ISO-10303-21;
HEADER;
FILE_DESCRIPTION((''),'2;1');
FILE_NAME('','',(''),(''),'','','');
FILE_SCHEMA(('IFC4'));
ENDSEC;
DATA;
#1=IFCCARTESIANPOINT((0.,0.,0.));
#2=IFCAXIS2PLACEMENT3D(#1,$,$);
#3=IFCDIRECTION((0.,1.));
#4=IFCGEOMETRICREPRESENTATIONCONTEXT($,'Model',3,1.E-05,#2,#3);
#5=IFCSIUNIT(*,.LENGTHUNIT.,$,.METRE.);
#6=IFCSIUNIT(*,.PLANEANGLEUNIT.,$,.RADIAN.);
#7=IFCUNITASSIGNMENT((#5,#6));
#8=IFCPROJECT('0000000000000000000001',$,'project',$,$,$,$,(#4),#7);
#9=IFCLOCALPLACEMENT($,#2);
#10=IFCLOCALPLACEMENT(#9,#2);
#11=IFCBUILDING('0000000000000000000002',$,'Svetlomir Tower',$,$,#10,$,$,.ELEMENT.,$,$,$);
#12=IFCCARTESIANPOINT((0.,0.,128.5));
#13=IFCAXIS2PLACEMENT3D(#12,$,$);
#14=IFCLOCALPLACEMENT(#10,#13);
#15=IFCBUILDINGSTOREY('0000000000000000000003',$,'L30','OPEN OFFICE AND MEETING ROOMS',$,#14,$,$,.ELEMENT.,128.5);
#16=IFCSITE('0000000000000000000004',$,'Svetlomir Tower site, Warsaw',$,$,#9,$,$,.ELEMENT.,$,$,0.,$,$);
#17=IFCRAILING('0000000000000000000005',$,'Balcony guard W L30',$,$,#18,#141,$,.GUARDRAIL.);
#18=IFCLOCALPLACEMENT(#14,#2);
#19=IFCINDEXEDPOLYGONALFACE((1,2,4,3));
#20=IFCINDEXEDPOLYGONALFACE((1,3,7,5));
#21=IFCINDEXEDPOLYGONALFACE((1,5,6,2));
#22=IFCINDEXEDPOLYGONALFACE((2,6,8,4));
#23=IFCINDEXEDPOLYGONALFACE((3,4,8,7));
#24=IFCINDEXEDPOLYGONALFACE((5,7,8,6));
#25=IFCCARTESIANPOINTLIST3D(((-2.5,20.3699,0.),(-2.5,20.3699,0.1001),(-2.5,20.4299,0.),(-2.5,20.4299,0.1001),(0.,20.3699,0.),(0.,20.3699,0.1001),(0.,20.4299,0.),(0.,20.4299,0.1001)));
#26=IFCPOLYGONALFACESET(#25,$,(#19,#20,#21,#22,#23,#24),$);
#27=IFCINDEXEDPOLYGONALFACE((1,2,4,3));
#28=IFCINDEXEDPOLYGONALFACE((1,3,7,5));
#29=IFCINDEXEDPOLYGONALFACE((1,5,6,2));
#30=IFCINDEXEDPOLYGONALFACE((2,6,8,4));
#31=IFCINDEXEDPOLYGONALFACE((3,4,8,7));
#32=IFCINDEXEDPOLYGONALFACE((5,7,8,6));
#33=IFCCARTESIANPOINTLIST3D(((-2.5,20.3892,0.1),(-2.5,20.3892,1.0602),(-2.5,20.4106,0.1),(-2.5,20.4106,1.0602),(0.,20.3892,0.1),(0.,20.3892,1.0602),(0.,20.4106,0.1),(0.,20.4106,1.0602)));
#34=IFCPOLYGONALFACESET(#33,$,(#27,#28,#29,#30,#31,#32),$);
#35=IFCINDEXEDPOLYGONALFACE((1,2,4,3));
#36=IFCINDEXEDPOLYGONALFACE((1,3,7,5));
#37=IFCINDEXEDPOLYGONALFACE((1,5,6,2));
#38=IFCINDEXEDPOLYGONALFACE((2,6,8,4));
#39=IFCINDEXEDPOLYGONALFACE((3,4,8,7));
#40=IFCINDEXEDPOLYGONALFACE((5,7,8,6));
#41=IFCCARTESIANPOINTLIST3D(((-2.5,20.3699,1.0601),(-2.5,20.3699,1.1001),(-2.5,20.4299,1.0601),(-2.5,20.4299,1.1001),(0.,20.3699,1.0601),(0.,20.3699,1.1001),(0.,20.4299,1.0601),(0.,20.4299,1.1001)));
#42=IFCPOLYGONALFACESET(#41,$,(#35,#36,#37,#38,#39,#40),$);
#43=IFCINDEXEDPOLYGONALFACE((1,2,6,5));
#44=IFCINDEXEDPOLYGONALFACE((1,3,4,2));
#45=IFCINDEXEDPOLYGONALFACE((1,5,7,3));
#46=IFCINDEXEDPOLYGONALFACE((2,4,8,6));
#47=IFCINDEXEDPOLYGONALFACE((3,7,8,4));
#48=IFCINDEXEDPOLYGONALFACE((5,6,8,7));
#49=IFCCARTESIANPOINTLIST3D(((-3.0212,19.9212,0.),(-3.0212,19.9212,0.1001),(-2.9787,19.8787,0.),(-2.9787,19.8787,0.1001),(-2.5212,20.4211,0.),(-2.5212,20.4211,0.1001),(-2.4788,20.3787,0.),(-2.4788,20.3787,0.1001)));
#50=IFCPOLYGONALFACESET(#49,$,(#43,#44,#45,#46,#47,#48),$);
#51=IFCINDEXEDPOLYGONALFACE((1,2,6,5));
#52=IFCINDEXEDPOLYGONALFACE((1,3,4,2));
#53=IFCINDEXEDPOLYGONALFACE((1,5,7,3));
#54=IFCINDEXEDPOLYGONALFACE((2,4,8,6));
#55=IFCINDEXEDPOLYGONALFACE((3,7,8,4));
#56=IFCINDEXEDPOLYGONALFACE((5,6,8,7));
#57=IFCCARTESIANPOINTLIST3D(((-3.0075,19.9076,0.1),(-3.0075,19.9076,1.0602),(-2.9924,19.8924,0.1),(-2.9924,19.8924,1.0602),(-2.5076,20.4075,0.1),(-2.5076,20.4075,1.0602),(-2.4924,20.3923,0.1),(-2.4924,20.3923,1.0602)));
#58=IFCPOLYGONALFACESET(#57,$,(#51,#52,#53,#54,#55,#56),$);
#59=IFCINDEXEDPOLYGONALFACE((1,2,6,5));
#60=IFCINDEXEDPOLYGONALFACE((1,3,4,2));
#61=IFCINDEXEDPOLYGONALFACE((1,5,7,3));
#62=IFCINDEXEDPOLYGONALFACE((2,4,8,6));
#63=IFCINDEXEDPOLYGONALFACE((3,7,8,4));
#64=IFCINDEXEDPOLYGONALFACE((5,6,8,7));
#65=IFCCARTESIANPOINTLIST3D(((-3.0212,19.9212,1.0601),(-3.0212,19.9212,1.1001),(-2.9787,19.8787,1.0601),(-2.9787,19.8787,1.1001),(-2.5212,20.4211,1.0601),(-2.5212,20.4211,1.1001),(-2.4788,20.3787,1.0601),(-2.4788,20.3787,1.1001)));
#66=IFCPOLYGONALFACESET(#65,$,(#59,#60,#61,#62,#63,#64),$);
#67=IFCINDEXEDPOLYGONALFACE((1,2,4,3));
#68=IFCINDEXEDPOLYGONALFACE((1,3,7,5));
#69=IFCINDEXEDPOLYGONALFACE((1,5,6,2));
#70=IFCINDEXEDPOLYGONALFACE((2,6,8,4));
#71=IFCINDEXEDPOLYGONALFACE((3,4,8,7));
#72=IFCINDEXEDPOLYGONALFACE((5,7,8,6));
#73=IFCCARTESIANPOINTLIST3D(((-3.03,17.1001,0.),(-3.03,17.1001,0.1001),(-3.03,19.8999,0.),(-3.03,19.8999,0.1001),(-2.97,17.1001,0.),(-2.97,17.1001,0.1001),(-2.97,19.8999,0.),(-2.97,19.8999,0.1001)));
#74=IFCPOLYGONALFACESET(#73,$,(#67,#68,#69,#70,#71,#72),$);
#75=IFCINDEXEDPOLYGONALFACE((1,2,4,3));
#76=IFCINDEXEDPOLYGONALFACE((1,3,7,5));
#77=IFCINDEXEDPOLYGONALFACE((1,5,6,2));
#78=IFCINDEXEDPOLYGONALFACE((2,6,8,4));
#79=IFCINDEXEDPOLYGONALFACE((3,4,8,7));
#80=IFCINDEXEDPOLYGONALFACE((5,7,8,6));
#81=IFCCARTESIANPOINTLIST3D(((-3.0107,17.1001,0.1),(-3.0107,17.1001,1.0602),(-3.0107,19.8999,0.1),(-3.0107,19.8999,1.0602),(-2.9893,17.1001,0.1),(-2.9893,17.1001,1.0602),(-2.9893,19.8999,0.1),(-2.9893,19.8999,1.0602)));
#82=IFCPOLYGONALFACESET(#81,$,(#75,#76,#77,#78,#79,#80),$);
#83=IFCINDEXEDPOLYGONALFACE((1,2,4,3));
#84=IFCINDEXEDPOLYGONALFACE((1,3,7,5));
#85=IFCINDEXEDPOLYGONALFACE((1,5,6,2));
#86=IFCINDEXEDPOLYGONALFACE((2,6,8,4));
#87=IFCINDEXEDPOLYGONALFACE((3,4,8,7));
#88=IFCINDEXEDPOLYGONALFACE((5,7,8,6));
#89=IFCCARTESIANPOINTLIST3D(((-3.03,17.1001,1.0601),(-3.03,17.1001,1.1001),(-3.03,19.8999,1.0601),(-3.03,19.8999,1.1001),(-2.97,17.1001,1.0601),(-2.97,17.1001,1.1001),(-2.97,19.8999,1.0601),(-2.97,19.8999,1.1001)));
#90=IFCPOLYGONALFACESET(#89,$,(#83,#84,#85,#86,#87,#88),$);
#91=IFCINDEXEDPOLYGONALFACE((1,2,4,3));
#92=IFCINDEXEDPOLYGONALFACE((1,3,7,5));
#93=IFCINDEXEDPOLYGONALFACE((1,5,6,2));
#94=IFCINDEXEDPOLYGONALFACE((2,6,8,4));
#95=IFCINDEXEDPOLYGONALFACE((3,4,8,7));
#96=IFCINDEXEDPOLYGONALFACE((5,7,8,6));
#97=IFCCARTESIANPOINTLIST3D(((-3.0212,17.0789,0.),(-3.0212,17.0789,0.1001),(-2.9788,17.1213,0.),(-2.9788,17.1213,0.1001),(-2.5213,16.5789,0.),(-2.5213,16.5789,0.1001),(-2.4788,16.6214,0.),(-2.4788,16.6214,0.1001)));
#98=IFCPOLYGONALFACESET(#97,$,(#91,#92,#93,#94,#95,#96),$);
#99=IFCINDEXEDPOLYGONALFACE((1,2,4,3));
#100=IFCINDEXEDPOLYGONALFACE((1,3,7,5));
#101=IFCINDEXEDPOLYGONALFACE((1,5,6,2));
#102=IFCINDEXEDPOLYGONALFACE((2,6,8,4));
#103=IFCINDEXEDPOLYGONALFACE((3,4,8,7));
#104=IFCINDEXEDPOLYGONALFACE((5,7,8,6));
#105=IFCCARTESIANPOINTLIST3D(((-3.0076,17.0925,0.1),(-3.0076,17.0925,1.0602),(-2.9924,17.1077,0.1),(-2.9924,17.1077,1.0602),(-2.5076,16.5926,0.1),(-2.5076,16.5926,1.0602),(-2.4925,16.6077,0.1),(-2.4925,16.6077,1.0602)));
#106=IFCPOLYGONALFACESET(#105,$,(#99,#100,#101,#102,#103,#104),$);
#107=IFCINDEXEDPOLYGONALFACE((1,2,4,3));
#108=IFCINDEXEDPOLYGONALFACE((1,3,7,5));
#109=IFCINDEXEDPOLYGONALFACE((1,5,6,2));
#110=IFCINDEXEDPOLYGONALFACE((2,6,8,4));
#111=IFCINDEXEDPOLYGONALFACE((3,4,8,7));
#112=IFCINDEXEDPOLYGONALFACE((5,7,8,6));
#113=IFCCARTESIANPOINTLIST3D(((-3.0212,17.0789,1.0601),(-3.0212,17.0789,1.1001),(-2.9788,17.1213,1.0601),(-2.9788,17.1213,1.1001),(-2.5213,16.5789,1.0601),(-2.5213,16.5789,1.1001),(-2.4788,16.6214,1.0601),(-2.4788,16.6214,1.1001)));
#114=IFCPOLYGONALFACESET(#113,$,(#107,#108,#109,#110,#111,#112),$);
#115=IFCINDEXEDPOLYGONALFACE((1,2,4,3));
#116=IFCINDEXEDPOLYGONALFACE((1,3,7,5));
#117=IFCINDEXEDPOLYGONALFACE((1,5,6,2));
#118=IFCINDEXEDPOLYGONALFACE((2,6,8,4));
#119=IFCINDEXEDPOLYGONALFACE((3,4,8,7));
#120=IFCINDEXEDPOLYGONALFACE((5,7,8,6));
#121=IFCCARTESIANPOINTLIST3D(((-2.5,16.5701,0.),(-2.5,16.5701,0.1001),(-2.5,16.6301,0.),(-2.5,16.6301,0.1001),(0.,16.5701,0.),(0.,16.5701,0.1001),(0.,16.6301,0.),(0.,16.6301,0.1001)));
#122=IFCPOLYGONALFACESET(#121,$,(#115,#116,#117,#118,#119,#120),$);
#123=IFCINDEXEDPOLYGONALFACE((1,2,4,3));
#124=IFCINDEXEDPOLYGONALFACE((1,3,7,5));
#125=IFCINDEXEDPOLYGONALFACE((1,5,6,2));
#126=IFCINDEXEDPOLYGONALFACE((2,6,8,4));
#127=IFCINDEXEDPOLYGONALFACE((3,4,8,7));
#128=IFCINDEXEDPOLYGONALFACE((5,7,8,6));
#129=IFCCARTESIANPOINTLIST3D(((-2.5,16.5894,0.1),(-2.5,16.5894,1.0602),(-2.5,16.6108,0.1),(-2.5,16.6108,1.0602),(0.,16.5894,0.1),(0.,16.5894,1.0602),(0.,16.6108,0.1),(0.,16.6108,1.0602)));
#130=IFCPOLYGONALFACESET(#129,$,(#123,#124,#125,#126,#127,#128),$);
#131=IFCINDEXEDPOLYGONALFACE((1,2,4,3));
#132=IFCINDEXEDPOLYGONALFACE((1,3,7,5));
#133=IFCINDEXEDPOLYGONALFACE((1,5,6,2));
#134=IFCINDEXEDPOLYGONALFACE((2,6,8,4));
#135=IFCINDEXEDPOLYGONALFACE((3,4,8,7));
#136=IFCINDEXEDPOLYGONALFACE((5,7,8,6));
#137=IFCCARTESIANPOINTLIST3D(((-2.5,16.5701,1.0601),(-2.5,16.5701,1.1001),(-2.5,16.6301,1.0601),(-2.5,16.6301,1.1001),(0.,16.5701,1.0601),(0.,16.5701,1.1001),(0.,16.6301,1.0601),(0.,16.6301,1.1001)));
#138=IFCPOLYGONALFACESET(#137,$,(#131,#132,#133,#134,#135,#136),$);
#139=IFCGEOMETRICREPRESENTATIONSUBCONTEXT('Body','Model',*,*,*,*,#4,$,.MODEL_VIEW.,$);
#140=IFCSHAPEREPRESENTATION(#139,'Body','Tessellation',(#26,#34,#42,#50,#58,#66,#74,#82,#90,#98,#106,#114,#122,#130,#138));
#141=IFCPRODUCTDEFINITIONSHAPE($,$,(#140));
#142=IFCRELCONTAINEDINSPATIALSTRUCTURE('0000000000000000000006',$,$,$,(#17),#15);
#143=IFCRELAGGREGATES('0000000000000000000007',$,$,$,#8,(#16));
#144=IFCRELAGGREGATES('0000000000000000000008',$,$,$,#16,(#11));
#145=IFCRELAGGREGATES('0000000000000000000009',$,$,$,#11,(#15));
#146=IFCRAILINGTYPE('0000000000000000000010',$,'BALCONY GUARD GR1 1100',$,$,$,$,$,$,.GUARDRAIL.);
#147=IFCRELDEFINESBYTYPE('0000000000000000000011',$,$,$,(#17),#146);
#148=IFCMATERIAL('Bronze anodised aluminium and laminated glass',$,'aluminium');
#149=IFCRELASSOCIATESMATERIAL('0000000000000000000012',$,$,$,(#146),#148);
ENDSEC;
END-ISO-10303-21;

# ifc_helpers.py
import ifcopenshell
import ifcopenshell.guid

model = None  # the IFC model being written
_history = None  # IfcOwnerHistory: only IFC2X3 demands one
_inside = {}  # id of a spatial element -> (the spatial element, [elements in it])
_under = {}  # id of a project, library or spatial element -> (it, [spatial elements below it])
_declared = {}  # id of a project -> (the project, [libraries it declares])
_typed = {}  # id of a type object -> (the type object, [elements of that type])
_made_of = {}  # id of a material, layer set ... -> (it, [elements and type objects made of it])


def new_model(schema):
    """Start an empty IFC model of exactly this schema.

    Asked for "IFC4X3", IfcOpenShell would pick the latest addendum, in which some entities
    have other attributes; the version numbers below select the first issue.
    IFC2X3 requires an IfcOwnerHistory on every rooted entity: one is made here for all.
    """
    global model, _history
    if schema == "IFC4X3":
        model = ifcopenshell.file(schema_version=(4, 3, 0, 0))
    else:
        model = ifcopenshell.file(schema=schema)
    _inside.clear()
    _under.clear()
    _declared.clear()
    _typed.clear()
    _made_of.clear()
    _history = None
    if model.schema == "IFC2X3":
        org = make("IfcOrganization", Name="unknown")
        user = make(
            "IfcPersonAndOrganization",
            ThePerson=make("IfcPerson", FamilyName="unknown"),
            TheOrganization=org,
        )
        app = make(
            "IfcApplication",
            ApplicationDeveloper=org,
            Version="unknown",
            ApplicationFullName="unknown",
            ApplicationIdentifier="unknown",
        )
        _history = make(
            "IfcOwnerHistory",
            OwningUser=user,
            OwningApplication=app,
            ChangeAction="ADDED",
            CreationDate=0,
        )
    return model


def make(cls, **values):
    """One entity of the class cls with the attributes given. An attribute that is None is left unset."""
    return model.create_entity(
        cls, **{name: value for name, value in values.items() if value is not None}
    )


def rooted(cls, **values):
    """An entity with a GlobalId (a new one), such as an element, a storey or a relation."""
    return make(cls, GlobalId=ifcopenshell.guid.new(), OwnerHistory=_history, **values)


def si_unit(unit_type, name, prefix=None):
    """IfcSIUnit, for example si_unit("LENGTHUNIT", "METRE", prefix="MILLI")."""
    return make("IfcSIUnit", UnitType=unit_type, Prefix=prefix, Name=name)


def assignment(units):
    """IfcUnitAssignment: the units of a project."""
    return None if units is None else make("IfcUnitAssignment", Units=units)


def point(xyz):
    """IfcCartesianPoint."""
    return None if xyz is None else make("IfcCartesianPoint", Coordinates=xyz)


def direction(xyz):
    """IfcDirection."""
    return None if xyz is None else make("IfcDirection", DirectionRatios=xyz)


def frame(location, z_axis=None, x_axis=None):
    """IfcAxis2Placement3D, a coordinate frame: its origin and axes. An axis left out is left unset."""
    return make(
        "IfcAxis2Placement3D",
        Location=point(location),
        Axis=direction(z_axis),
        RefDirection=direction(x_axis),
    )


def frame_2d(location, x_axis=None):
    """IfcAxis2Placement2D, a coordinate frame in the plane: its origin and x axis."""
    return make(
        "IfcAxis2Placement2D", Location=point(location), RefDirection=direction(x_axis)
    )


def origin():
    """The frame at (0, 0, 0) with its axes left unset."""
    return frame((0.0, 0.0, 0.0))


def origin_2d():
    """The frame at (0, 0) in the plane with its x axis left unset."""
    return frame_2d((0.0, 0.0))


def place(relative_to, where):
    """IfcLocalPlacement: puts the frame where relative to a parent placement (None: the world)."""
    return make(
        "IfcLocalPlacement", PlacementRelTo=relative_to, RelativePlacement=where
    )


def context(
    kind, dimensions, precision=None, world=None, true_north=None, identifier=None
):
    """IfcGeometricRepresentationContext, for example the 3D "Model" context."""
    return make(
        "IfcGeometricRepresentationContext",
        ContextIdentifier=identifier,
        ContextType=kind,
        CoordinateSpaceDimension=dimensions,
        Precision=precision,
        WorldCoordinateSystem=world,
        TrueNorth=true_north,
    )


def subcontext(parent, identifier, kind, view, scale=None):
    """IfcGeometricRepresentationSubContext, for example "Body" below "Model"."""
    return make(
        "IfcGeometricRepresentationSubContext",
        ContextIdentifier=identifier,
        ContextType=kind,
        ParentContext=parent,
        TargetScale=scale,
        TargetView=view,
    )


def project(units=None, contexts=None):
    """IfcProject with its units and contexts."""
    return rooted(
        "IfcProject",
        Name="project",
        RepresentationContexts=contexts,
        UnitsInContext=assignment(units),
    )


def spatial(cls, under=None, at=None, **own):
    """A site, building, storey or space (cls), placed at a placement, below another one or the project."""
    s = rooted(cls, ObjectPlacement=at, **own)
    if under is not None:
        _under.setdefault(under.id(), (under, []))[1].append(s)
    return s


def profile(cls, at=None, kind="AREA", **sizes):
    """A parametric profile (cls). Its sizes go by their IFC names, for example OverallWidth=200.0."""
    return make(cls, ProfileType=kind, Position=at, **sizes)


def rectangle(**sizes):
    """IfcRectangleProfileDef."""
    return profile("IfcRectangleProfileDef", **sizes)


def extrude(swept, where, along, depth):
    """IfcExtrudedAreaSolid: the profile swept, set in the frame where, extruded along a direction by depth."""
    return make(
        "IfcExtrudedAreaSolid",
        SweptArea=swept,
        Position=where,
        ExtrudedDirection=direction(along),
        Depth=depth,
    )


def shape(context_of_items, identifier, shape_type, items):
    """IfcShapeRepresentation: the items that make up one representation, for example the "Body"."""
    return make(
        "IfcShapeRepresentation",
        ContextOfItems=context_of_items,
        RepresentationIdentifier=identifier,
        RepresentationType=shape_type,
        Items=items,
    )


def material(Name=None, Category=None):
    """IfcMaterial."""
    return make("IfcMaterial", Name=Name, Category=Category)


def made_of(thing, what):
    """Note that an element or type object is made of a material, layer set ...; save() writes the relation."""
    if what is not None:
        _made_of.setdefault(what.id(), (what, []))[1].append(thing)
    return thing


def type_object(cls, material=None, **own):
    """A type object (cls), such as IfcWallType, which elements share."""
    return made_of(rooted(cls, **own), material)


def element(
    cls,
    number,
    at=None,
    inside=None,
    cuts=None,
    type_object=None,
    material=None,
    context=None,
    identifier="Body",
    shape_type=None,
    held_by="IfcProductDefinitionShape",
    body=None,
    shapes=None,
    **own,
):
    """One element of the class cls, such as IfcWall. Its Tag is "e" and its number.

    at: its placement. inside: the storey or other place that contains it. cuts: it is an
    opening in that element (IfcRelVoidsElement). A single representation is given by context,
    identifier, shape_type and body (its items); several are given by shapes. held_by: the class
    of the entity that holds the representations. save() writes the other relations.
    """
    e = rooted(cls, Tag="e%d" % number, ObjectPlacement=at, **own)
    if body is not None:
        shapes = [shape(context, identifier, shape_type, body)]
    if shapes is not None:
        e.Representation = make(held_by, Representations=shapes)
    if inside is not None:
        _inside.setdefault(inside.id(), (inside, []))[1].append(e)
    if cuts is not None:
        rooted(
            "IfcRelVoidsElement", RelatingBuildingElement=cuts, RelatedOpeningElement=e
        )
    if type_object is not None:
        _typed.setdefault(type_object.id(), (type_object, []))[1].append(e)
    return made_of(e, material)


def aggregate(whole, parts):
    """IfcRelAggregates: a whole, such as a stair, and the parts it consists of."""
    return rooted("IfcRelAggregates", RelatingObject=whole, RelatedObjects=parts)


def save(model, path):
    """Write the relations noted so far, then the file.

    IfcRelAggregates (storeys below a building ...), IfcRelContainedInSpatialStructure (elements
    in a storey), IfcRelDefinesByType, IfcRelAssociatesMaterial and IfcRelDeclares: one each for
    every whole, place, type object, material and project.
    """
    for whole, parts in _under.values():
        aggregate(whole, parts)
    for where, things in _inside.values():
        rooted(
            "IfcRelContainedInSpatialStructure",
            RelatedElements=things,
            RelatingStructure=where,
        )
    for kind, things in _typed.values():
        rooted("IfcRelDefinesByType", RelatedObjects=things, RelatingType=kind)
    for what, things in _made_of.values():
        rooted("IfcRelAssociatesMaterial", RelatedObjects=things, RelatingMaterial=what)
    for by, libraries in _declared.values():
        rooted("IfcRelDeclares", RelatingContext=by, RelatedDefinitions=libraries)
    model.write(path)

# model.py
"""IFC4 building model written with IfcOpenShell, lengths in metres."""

from ifc_helpers import new_model, si_unit, direction, frame, origin, origin_2d, place, context, subcontext, project, spatial, rectangle, extrude, material, type_object, element, save


model = new_model("IFC4")

# Units and contexts
model_context = context("Model", 3, precision=1e-05, world=origin(), true_north=direction((0.0, 1.0)))
body_context = subcontext(model_context, "Body", "Model", "MODEL_VIEW")
ifc_project = project(units=[si_unit("LENGTHUNIT", "METRE"), si_unit("PLANEANGLEUNIT", "RADIAN")], contexts=[model_context])

# Site, building, storey
site_placement = place(None, origin())
site = spatial("IfcSite", under=ifc_project, at=site_placement, Name="Svetlomir Tower site, Warsaw", CompositionType="ELEMENT", RefElevation=0.0)
building_placement = place(site_placement, origin())
building = spatial("IfcBuilding", under=site, at=building_placement, Name="Svetlomir Tower", CompositionType="ELEMENT")
storey_placement = place(building_placement, frame((0.0, 0.0, 128.5)))
storey = spatial("IfcBuildingStorey", under=building, at=storey_placement, Name="L30", Description="OPEN OFFICE AND MEETING ROOMS", CompositionType="ELEMENT", Elevation=128.5)

# Railing
ifc_material_1 = material(Name="Bronze anodised aluminium and laminated glass", Category="aluminium")
railing_type_1 = type_object("IfcRailingType", Name="BALCONY GUARD GR1 1100", PredefinedType="GUARDRAIL", material=ifc_material_1)
railing_1_placement = place(storey_placement, frame((0.0, 20.3999, 0.0)))
element("IfcRailing", 1, at=railing_1_placement, inside=storey, type_object=railing_type_1, Name="Balcony guard W L30", PredefinedType="GUARDRAIL", context=body_context, shape_type="SweptSolid", body=[
    extrude(rectangle(XDim=0.0601, YDim=0.1001, at=origin_2d()), frame((0.0, 0.0, 0.05), z_axis=(-1.0, 0.0, 0.0), x_axis=(0.0, -1.0, 0.0)), (0.0, 0.0, 1.0), 2.5),
    extrude(rectangle(XDim=0.0215, YDim=0.9602, at=origin_2d()), frame((0.0, 0.0, 0.5801), z_axis=(-1.0, 0.0, 0.0), x_axis=(0.0, -1.0, 0.0)), (0.0, 0.0, 1.0), 2.5),
    extrude(rectangle(XDim=0.0601, YDim=0.04, at=origin_2d()), frame((0.0, 0.0, 1.0801), z_axis=(-1.0, 0.0, 0.0), x_axis=(0.0, -1.0, 0.0)), (0.0, 0.0, 1.0), 2.5),
    extrude(rectangle(XDim=0.0601, YDim=0.1001, at=origin_2d()), frame((-2.5, 0.0, 0.05), z_axis=(-0.707107, -0.707107, 0.0), x_axis=(0.707107, -0.707107, 0.0)), (0.0, 0.0, 1.0), 0.707),
    extrude(rectangle(XDim=0.0215, YDim=0.9602, at=origin_2d()), frame((-2.5, 0.0, 0.5801), z_axis=(-0.707107, -0.707107, 0.0), x_axis=(0.707107, -0.707107, 0.0)), (0.0, 0.0, 1.0), 0.707),
    extrude(rectangle(XDim=0.0601, YDim=0.04, at=origin_2d()), frame((-2.5, 0.0, 1.0801), z_axis=(-0.707107, -0.707107, 0.0), x_axis=(0.707107, -0.707107, 0.0)), (0.0, 0.0, 1.0), 0.707),
    extrude(rectangle(XDim=0.0601, YDim=0.1001, at=origin_2d()), frame((-3.0, -0.5, 0.05), z_axis=(0.0, -1.0, 0.0), x_axis=(1.0, 0.0, 0.0)), (0.0, 0.0, 1.0), 2.7998),
    extrude(rectangle(XDim=0.0215, YDim=0.9602, at=origin_2d()), frame((-3.0, -0.5, 0.5801), z_axis=(0.0, -1.0, 0.0), x_axis=(1.0, 0.0, 0.0)), (0.0, 0.0, 1.0), 2.7998),
    extrude(rectangle(XDim=0.0601, YDim=0.04, at=origin_2d()), frame((-3.0, -0.5, 1.0801), z_axis=(0.0, -1.0, 0.0), x_axis=(1.0, 0.0, 0.0)), (0.0, 0.0, 1.0), 2.7998),
    extrude(rectangle(XDim=0.0601, YDim=0.1001, at=origin_2d()), frame((-3.0, -3.2998, 0.05), z_axis=(0.707107, -0.707107, 0.0), x_axis=(0.707107, 0.707107, 0.0)), (0.0, 0.0, 1.0), 0.707),
    extrude(rectangle(XDim=0.0215, YDim=0.9602, at=origin_2d()), frame((-3.0, -3.2998, 0.5801), z_axis=(0.707107, -0.707107, 0.0), x_axis=(0.707107, 0.707107, 0.0)), (0.0, 0.0, 1.0), 0.707),
    extrude(rectangle(XDim=0.0601, YDim=0.04, at=origin_2d()), frame((-3.0, -3.2998, 1.0801), z_axis=(0.707107, -0.707107, 0.0), x_axis=(0.707107, 0.707107, 0.0)), (0.0, 0.0, 1.0), 0.707),
    extrude(rectangle(XDim=0.0601, YDim=0.1001, at=origin_2d()), frame((-2.5, -3.7998, 0.05), z_axis=(1.0, 0.0, 0.0), x_axis=(0.0, 1.0, 0.0)), (0.0, 0.0, 1.0), 2.5),
    extrude(rectangle(XDim=0.0215, YDim=0.9602, at=origin_2d()), frame((-2.5, -3.7998, 0.5801), z_axis=(1.0, 0.0, 0.0), x_axis=(0.0, 1.0, 0.0)), (0.0, 0.0, 1.0), 2.5),
    extrude(rectangle(XDim=0.0601, YDim=0.04, at=origin_2d()), frame((-2.5, -3.7998, 1.0801), z_axis=(1.0, 0.0, 0.0), x_axis=(0.0, 1.0, 0.0)), (0.0, 0.0, 1.0), 2.5),
])

save(model, "model.ifc")
